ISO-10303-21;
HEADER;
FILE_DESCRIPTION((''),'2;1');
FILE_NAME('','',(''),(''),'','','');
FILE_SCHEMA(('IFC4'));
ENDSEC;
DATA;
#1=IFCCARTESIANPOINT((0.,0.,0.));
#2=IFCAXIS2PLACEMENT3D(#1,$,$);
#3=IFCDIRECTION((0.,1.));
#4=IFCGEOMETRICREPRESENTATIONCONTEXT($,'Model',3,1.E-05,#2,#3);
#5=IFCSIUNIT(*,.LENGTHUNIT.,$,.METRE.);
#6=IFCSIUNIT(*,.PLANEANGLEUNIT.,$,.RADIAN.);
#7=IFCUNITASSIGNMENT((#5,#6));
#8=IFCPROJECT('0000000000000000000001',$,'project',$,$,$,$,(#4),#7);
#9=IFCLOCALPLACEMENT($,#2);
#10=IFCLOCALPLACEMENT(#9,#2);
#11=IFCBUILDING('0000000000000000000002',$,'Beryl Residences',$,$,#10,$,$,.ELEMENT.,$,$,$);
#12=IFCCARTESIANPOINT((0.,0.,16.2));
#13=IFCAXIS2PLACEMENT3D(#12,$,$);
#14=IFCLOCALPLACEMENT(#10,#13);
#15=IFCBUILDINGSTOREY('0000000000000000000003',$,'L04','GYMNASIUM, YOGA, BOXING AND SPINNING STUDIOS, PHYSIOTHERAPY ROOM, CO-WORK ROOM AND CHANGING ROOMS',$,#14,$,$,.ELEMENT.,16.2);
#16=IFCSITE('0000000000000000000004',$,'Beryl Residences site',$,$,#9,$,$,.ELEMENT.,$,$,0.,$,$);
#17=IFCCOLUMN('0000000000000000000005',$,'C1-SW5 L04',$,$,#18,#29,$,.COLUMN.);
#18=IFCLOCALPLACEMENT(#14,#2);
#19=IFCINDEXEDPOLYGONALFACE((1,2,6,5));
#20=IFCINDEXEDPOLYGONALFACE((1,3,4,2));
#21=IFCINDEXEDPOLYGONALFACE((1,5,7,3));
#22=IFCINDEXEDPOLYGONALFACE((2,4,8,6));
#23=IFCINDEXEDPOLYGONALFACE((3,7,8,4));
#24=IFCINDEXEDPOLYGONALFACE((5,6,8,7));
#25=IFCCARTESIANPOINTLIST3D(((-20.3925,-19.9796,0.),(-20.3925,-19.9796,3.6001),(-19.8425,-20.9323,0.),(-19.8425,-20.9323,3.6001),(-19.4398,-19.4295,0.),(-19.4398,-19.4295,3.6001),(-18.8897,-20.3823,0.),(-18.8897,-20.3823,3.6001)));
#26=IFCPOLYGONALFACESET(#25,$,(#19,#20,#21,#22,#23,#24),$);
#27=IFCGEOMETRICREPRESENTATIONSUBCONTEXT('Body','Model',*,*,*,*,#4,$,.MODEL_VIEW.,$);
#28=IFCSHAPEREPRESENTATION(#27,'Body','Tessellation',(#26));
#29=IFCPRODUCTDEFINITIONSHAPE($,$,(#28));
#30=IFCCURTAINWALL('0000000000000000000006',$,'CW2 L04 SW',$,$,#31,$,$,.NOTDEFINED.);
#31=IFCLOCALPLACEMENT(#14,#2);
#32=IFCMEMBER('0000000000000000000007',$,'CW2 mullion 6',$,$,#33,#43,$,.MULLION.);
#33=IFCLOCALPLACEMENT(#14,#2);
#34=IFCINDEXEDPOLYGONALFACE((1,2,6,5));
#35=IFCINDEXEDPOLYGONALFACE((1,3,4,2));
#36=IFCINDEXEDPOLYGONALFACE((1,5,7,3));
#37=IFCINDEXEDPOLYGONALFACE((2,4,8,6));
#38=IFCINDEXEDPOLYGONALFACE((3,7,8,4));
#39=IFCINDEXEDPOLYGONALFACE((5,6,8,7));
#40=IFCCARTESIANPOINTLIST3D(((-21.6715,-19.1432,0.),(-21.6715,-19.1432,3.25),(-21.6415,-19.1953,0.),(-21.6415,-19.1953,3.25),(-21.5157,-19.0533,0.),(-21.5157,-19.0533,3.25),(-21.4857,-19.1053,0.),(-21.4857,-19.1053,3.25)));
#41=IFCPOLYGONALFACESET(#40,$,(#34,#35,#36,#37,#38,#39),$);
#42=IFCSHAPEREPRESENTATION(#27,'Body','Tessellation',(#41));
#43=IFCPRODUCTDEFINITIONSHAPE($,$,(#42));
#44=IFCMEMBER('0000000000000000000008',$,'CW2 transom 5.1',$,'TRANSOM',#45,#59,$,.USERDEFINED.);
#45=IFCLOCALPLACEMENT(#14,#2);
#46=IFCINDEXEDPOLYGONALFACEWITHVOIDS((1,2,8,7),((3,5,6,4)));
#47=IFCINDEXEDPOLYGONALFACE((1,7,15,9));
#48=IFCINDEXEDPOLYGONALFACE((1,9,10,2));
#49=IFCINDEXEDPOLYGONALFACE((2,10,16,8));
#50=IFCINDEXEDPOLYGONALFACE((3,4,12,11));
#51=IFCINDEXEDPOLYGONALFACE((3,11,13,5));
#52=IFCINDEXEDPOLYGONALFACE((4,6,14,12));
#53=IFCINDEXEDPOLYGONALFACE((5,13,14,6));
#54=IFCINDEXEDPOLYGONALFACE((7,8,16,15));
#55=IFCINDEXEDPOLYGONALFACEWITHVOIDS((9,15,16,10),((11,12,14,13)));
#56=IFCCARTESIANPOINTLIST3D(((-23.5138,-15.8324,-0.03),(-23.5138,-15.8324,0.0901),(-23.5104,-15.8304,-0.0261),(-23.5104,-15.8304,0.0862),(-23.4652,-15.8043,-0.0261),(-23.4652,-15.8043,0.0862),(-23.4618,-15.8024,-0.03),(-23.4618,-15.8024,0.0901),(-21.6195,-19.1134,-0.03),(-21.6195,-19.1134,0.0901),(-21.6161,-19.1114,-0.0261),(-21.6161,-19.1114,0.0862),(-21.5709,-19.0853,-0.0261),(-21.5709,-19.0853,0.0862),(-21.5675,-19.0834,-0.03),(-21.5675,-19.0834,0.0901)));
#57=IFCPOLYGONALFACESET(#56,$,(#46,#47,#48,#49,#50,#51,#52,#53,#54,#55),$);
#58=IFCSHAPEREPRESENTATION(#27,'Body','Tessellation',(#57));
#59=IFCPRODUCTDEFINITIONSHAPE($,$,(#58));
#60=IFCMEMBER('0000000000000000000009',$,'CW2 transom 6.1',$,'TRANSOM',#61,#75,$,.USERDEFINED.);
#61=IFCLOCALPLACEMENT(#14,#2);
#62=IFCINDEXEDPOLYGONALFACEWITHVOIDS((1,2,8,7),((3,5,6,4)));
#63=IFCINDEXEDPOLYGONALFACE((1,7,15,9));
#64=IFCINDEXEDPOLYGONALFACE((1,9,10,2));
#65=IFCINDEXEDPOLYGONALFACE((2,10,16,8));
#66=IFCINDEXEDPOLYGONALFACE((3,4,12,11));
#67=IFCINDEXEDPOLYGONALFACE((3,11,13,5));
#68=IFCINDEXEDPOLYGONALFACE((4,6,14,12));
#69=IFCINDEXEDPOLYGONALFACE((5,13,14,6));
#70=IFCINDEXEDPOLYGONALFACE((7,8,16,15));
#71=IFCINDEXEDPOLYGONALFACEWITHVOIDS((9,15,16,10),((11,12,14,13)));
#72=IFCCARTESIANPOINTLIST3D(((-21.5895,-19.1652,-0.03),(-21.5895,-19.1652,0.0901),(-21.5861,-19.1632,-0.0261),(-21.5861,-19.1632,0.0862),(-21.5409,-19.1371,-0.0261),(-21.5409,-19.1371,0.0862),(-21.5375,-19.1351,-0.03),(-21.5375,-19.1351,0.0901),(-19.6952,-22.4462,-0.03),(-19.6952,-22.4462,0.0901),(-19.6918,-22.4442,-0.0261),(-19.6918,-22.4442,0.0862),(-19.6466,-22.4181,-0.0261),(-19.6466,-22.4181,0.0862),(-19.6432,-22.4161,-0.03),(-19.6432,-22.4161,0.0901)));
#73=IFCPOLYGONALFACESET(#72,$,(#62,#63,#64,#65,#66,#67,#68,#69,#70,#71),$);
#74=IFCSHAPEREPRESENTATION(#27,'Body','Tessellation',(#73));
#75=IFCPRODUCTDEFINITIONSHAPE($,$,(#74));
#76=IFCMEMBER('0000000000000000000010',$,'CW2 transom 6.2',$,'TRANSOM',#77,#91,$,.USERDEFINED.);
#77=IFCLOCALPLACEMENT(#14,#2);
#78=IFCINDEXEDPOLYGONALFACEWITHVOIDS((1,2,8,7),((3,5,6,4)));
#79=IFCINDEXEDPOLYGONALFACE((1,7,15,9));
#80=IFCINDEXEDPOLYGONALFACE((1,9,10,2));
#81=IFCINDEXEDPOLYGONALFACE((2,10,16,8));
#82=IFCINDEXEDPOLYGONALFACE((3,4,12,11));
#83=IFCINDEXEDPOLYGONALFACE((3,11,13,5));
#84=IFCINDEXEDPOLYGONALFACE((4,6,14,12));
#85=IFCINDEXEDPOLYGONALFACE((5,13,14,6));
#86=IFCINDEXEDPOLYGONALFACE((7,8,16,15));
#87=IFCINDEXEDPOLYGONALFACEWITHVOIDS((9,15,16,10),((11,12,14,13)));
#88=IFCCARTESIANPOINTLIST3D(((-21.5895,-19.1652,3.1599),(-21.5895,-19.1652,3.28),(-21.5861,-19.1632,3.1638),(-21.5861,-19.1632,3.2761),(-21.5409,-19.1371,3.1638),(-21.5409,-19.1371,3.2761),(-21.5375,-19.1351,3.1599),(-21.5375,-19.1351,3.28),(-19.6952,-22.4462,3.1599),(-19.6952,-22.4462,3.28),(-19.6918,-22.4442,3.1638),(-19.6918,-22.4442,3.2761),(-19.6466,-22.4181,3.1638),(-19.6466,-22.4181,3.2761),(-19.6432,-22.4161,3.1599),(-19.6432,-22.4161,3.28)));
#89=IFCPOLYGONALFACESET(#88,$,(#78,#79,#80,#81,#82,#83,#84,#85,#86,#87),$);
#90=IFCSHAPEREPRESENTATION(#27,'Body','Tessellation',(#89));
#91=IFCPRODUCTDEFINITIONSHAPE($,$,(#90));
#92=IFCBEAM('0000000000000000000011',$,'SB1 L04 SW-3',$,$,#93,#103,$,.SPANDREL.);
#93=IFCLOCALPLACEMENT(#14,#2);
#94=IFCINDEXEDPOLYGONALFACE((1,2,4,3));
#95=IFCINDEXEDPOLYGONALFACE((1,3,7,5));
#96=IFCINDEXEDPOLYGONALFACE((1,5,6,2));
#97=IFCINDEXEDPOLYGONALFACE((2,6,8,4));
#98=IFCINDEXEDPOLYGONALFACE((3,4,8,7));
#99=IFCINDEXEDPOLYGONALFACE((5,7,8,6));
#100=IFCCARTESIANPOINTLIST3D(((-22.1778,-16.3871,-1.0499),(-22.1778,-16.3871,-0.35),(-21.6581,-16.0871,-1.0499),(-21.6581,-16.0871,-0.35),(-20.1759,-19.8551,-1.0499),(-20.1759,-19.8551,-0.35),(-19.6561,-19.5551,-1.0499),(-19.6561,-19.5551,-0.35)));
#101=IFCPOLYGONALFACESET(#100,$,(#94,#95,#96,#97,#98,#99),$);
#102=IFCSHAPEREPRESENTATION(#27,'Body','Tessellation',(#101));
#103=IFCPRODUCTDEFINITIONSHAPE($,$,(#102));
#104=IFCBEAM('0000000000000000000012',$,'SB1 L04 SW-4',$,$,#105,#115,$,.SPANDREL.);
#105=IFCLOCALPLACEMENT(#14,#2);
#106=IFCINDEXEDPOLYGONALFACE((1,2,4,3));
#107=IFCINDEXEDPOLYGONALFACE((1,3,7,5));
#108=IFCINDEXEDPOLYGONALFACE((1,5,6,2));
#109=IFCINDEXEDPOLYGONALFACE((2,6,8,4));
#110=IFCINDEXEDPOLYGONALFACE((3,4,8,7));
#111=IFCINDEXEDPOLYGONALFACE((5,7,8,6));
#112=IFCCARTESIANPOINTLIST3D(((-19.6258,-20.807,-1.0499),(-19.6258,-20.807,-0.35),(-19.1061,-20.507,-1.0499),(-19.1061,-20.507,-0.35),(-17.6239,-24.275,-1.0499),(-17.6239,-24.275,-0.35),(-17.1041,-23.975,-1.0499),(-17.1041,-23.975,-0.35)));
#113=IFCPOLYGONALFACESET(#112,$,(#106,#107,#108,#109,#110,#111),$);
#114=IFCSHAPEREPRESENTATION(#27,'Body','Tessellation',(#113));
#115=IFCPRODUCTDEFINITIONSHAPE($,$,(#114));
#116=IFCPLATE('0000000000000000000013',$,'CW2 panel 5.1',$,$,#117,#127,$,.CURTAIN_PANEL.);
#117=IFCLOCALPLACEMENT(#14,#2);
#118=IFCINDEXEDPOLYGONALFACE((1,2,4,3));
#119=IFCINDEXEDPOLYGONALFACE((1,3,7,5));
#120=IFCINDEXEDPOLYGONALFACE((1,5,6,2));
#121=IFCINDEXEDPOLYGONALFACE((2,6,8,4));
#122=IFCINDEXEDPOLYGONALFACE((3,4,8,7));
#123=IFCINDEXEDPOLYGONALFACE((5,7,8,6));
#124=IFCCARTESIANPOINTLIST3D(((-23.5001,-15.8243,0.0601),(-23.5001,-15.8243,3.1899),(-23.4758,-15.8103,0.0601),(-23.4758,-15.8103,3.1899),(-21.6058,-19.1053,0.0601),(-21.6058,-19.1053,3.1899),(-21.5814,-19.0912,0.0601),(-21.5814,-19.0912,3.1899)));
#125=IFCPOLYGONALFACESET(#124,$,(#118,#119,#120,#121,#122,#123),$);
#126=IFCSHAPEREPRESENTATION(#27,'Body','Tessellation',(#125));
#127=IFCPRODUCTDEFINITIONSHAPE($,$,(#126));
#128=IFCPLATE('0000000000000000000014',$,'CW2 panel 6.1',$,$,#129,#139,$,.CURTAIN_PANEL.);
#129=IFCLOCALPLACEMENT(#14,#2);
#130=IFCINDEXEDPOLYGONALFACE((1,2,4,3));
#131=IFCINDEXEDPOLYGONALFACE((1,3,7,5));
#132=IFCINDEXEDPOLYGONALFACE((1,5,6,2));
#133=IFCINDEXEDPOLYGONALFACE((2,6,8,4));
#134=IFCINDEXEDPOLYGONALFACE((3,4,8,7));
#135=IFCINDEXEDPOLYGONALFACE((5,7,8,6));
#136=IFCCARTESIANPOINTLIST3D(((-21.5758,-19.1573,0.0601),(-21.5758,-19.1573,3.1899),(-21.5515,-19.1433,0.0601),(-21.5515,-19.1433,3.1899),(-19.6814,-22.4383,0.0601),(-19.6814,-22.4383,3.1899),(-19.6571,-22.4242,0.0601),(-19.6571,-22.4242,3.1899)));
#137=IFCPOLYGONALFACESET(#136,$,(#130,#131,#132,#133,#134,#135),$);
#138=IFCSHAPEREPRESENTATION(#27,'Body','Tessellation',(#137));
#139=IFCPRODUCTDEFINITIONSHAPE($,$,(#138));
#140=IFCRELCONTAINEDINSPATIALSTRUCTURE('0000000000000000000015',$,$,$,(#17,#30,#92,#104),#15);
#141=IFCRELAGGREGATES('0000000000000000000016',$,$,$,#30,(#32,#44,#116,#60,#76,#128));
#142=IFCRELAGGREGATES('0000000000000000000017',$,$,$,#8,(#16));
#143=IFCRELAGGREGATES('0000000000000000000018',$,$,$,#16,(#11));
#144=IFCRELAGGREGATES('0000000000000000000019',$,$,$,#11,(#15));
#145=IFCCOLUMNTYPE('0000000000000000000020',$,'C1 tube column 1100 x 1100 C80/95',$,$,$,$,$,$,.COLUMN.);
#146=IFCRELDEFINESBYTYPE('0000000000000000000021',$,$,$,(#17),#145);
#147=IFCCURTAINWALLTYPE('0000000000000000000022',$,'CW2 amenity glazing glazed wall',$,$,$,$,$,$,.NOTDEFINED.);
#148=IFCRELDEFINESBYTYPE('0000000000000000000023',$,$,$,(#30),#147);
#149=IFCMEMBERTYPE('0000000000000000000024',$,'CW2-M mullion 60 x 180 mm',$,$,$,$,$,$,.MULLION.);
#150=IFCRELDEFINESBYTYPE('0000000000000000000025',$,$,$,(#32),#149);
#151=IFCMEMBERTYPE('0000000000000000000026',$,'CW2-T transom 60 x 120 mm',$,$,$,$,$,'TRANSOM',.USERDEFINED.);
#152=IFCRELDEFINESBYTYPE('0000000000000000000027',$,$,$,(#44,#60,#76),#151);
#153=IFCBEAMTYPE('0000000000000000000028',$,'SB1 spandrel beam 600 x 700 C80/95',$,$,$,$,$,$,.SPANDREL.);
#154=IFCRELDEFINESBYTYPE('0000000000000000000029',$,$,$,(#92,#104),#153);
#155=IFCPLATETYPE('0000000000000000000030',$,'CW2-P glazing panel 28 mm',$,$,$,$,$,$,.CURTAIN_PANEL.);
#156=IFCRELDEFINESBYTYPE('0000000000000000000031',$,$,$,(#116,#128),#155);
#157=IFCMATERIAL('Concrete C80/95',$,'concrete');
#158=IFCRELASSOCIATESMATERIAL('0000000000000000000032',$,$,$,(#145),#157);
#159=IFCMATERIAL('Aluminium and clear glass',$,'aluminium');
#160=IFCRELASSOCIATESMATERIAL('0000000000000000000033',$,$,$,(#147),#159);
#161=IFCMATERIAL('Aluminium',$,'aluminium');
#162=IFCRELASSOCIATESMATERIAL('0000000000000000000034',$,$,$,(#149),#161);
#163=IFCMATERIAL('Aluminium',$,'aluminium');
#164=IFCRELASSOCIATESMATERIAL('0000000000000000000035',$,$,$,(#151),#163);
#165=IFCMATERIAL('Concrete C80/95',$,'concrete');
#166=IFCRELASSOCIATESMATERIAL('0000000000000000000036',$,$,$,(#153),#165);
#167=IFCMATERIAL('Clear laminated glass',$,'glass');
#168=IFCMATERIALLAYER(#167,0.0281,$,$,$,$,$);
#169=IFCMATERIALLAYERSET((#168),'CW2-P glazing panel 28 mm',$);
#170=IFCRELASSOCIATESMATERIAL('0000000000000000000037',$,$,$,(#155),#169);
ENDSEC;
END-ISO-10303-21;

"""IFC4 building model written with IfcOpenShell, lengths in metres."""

from ifc_helpers import new_model, si_unit, direction, frame, origin, origin_2d, place, context, subcontext, project, spatial, rectangle, hollow_rectangle, extrude, material, layer, layer_set, material_profile, profile_set, type_object, element, aggregate, save


model = new_model("IFC4")

# Units and contexts
model_context = context("Model", 3, precision=1e-05, world=origin(), true_north=direction((0.0, 1.0)))
body_context = subcontext(model_context, "Body", "Model", "MODEL_VIEW")
ifc_project = project(units=[si_unit("LENGTHUNIT", "METRE"), si_unit("PLANEANGLEUNIT", "RADIAN")], contexts=[model_context])

# Site, building, storey
site_placement = place(None, origin())
site = spatial("IfcSite", under=ifc_project, at=site_placement, Name="Beryl Residences site", CompositionType="ELEMENT", RefElevation=0.0)
building_placement = place(site_placement, origin())
building = spatial("IfcBuilding", under=site, at=building_placement, Name="Beryl Residences", CompositionType="ELEMENT")
storey_placement = place(building_placement, frame((0.0, 0.0, 16.2)))
storey = spatial("IfcBuildingStorey", under=building, at=storey_placement, Name="L04", Description="GYMNASIUM, YOGA, BOXING AND SPINNING STUDIOS, PHYSIOTHERAPY ROOM, CO-WORK ROOM AND CHANGING ROOMS", CompositionType="ELEMENT", Elevation=16.2)

# Column
ifc_material_1 = material(Name="Concrete C80/95", Category="concrete")
ifc_material_profile_1 = material_profile(ifc_material_1, rectangle(XDim=1.1001, YDim=1.1001, at=origin_2d()))
ifc_profile_set_1 = profile_set([ifc_material_profile_1], Name="Concrete C80/95")
column_type = type_object("IfcColumnType", Name="C1 tube column 1100 x 1100 C80/95", PredefinedType="COLUMN", material=ifc_profile_set_1)
column_placement = place(storey_placement, frame((-19.6411, -20.1809, 0.0), z_axis=(0.0, 0.0, 1.0), x_axis=(0.499985, -0.866034, 0.0)))
element("IfcColumn", 1, at=column_placement, inside=storey, type_object=column_type, Name="C1-SW5 L04", PredefinedType="COLUMN", context=body_context, shape_type="SweptSolid", body=[
    extrude(rectangle(XDim=1.1001, YDim=1.1001, at=origin_2d()), origin(), (0.0, 0.0, 1.0), 3.6001),
])

# Curtain wall, members
ifc_material_2 = material(Name="Aluminium and clear glass", Category="aluminium")
curtain_wall_type = type_object("IfcCurtainWallType", Name="CW2 amenity glazing glazed wall", PredefinedType="NOTDEFINED", material=ifc_material_2)
curtain_wall_placement = place(storey_placement, origin())
curtain_wall = element("IfcCurtainWall", 2, at=curtain_wall_placement, inside=storey, type_object=curtain_wall_type, Name="CW2 L04 SW", PredefinedType="NOTDEFINED")
ifc_material_3 = material(Name="Aluminium", Category="aluminium")
ifc_material_profile_2 = material_profile(ifc_material_3, rectangle(XDim=0.0601, YDim=0.1799, at=origin_2d()))
ifc_profile_set_2 = profile_set([ifc_material_profile_2], Name="Aluminium")
member_type_1 = type_object("IfcMemberType", Name="CW2-M mullion 60 x 180 mm", PredefinedType="MULLION", material=ifc_profile_set_2)
member_1_placement = place(storey_placement, frame((-21.5786, -19.1243, 0.0), z_axis=(0.0, 0.0, 1.0), x_axis=(0.500012, -0.866019, 0.0)))
member_1 = element("IfcMember", 3, at=member_1_placement, type_object=member_type_1, Name="CW2 mullion 6", PredefinedType="MULLION", context=body_context, shape_type="SweptSolid", body=[
    extrude(rectangle(XDim=0.0601, YDim=0.1799, at=origin_2d()), origin(), (0.0, 0.0, 1.0), 3.25),
])
ifc_material_4 = material(Name="Aluminium", Category="aluminium")
ifc_material_profile_3 = material_profile(ifc_material_4, hollow_rectangle(XDim=0.0601, YDim=0.1201, WallThickness=0.0039, at=origin_2d()))
ifc_profile_set_3 = profile_set([ifc_material_profile_3], Name="Aluminium")
member_type_2 = type_object("IfcMemberType", Name="CW2-T transom 60 x 120 mm", ElementType="TRANSOM", PredefinedType="USERDEFINED", material=ifc_profile_set_3)
member_2_placement = place(storey_placement, frame((-23.4878, -15.8174, 0.03), z_axis=(0.5, -0.866026, 0.0), x_axis=(0.866026, 0.5, 0.0)))
member_2 = element("IfcMember", 4, at=member_2_placement, type_object=member_type_2, Name="CW2 transom 5.1", ObjectType="TRANSOM", PredefinedType="USERDEFINED", context=body_context, shape_type="SweptSolid", body=[
    extrude(hollow_rectangle(XDim=0.0601, YDim=0.1201, WallThickness=0.0039, at=origin_2d()), origin(), (0.0, 0.0, 1.0), 3.7886),
])
member_3_placement = place(storey_placement, frame((-21.5635, -19.1501, 0.03), z_axis=(0.5, -0.866026, 0.0), x_axis=(0.866026, 0.5, 0.0)))
member_3 = element("IfcMember", 5, at=member_3_placement, type_object=member_type_2, Name="CW2 transom 6.1", ObjectType="TRANSOM", PredefinedType="USERDEFINED", context=body_context, shape_type="SweptSolid", body=[
    extrude(hollow_rectangle(XDim=0.0601, YDim=0.1201, WallThickness=0.0039, at=origin_2d()), origin(), (0.0, 0.0, 1.0), 3.7886),
])
member_4_placement = place(storey_placement, frame((-21.5635, -19.1501, 3.22), z_axis=(0.5, -0.866026, 0.0), x_axis=(0.866026, 0.5, 0.0)))
member_4 = element("IfcMember", 6, at=member_4_placement, type_object=member_type_2, Name="CW2 transom 6.2", ObjectType="TRANSOM", PredefinedType="USERDEFINED", context=body_context, shape_type="SweptSolid", body=[
    extrude(hollow_rectangle(XDim=0.0601, YDim=0.1201, WallThickness=0.0039, at=origin_2d()), origin(), (0.0, 0.0, 1.0), 3.7886),
])

# Beams
ifc_material_5 = material(Name="Concrete C80/95", Category="concrete")
ifc_material_profile_4 = material_profile(ifc_material_5, rectangle(XDim=0.6001, YDim=0.7, at=origin_2d()))
ifc_profile_set_4 = profile_set([ifc_material_profile_4], Name="Concrete C80/95")
beam_type = type_object("IfcBeamType", Name="SB1 spandrel beam 600 x 700 C80/95", PredefinedType="SPANDREL", material=ifc_profile_set_4)
for number, where, z_axis, x_axis, name in (
    (7, (-21.918, -16.2371, -0.7), (0.499942, -0.866059, 0.0), (0.866059, 0.499942, 0.0), "SB1 L04 SW-3"),
    (8, (-19.366, -20.657, -0.7), (0.499942, -0.866059, 0.0), (0.866059, 0.499942, 0.0), "SB1 L04 SW-4"),
):
    element("IfcBeam", number, at=place(storey_placement, frame(where, z_axis=z_axis, x_axis=x_axis)), inside=storey, type_object=beam_type, Name=name, PredefinedType="SPANDREL", context=body_context, shape_type="SweptSolid", body=[
        extrude(rectangle(XDim=0.6001, YDim=0.7, at=origin_2d()), origin(), (0.0, 0.0, 1.0), 4.0044),
    ])

# Plates
ifc_material_6 = material(Name="Clear laminated glass", Category="glass")
ifc_layer_1 = layer(ifc_material_6, 0.0281)
ifc_layer_set_1 = layer_set([ifc_layer_1], Name="CW2-P glazing panel 28 mm")
plate_type = type_object("IfcPlateType", Name="CW2-P glazing panel 28 mm", PredefinedType="CURTAIN_PANEL", material=ifc_layer_set_1)
plate_1_placement = place(storey_placement, frame((-22.5408, -17.4578, 0.0601), z_axis=(0.0, 0.0, 1.0), x_axis=(0.500012, -0.866019, 0.0)))
plate_1 = element("IfcPlate", 9, at=plate_1_placement, type_object=plate_type, Name="CW2 panel 5.1", PredefinedType="CURTAIN_PANEL", context=body_context, shape_type="SweptSolid", body=[
    extrude(rectangle(XDim=3.7886, YDim=0.0281, at=origin_2d()), origin(), (0.0, 0.0, 1.0), 3.1299),
])
plate_2_placement = place(storey_placement, frame((-20.6165, -20.7908, 0.0601), z_axis=(0.0, 0.0, 1.0), x_axis=(0.500012, -0.866019, 0.0)))
plate_2 = element("IfcPlate", 10, at=plate_2_placement, type_object=plate_type, Name="CW2 panel 6.1", PredefinedType="CURTAIN_PANEL", context=body_context, shape_type="SweptSolid", body=[
    extrude(rectangle(XDim=3.7886, YDim=0.0281, at=origin_2d()), origin(), (0.0, 0.0, 1.0), 3.1299),
])
aggregate(curtain_wall, [member_1, member_2, plate_1, member_3, member_4, plate_2])

save(model, "model.ifc")
